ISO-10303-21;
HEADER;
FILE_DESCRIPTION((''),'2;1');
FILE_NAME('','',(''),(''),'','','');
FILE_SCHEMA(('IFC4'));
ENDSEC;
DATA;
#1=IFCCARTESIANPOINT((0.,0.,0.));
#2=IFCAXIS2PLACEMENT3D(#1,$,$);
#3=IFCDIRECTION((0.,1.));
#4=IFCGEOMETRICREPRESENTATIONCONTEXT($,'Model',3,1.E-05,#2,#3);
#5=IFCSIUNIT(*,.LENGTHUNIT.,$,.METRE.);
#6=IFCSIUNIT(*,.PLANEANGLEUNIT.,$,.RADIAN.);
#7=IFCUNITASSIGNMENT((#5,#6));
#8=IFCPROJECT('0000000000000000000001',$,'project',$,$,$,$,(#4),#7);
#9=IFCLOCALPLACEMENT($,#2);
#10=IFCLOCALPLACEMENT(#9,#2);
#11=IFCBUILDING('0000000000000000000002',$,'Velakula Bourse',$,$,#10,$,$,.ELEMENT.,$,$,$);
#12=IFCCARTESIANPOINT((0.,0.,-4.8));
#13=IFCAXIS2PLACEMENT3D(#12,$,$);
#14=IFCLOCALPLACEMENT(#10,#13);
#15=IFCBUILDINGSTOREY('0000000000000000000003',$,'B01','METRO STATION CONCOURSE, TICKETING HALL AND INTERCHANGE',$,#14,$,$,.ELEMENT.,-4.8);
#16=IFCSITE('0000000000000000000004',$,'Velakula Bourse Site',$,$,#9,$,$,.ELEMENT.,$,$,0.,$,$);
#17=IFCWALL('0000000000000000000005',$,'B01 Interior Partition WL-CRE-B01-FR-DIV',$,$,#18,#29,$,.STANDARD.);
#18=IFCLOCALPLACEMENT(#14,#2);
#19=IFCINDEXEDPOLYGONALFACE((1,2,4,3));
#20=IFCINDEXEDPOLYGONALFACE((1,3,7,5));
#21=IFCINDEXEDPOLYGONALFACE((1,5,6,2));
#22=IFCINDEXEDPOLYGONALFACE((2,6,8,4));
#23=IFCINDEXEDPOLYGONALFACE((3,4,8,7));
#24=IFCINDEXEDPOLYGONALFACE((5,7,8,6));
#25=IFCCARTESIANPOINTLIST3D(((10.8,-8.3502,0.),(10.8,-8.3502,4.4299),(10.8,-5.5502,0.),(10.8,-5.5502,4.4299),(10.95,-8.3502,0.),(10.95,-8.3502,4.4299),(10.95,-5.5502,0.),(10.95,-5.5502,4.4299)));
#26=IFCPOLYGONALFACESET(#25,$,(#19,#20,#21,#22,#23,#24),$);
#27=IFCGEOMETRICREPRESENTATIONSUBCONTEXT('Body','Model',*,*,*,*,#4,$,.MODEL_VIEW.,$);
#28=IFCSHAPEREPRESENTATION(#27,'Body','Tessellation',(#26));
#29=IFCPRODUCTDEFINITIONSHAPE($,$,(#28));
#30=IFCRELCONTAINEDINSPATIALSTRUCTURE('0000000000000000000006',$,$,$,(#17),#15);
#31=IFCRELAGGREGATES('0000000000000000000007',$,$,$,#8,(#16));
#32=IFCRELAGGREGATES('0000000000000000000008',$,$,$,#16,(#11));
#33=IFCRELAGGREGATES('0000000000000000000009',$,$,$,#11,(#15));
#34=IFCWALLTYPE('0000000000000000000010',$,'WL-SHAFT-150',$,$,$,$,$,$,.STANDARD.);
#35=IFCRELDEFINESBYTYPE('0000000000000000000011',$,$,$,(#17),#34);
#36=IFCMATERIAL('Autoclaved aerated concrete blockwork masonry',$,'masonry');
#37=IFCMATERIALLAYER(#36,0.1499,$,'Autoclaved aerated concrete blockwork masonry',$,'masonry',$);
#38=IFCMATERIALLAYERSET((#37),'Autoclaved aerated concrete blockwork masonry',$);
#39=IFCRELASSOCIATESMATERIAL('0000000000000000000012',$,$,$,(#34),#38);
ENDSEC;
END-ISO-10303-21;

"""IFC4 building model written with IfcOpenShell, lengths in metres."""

from ifc_helpers import new_model, si_unit, direction, frame, frame_2d, origin, place, context, subcontext, project, spatial, rectangle, extrude, material, layer, layer_set, type_object, element, save


model = new_model("IFC4")

# Units and contexts
model_context = context("Model", 3, precision=1e-05, world=origin(), true_north=direction((0.0, 1.0)))
body_context = subcontext(model_context, "Body", "Model", "MODEL_VIEW")
ifc_project = project(units=[si_unit("LENGTHUNIT", "METRE"), si_unit("PLANEANGLEUNIT", "RADIAN")], contexts=[model_context])

# Site, building, storey
site_placement = place(None, origin())
site = spatial("IfcSite", under=ifc_project, at=site_placement, Name="Velakula Bourse Site", CompositionType="ELEMENT", RefElevation=0.0)
building_placement = place(site_placement, origin())
building = spatial("IfcBuilding", under=site, at=building_placement, Name="Velakula Bourse", CompositionType="ELEMENT")
storey_placement = place(building_placement, frame((0.0, 0.0, -4.8)))
storey = spatial("IfcBuildingStorey", under=building, at=storey_placement, Name="B01", Description="METRO STATION CONCOURSE, TICKETING HALL AND INTERCHANGE", CompositionType="ELEMENT", Elevation=-4.8)

# Shared definitions
ifc_material_1 = material(Name="Autoclaved aerated concrete blockwork masonry", Category="masonry")
ifc_layer_1 = layer(ifc_material_1, 0.1499, Name="Autoclaved aerated concrete blockwork masonry", Category="masonry")
ifc_layer_set_1 = layer_set([ifc_layer_1], Name="Autoclaved aerated concrete blockwork masonry")
wall_type_1 = type_object("IfcWallType", Name="WL-SHAFT-150", PredefinedType="STANDARD", material=ifc_layer_set_1)

# Wall
wall_1_placement = place(storey_placement, frame((10.875, -8.3501, 0.0), z_axis=(0.0, 0.0, 1.0), x_axis=(0.0, 1.0, 0.0)))
element("IfcWall", 1, at=wall_1_placement, inside=storey, type_object=wall_type_1, Name="B01 Interior Partition WL-CRE-B01-FR-DIV", PredefinedType="STANDARD", context=body_context, shape_type="SweptSolid", body=[
    extrude(rectangle(XDim=2.8, YDim=0.1499, at=frame_2d((1.3999, 0.0))), origin(), (0.0, 0.0, 1.0), 4.4299),
])

save(model, "model.ifc")
